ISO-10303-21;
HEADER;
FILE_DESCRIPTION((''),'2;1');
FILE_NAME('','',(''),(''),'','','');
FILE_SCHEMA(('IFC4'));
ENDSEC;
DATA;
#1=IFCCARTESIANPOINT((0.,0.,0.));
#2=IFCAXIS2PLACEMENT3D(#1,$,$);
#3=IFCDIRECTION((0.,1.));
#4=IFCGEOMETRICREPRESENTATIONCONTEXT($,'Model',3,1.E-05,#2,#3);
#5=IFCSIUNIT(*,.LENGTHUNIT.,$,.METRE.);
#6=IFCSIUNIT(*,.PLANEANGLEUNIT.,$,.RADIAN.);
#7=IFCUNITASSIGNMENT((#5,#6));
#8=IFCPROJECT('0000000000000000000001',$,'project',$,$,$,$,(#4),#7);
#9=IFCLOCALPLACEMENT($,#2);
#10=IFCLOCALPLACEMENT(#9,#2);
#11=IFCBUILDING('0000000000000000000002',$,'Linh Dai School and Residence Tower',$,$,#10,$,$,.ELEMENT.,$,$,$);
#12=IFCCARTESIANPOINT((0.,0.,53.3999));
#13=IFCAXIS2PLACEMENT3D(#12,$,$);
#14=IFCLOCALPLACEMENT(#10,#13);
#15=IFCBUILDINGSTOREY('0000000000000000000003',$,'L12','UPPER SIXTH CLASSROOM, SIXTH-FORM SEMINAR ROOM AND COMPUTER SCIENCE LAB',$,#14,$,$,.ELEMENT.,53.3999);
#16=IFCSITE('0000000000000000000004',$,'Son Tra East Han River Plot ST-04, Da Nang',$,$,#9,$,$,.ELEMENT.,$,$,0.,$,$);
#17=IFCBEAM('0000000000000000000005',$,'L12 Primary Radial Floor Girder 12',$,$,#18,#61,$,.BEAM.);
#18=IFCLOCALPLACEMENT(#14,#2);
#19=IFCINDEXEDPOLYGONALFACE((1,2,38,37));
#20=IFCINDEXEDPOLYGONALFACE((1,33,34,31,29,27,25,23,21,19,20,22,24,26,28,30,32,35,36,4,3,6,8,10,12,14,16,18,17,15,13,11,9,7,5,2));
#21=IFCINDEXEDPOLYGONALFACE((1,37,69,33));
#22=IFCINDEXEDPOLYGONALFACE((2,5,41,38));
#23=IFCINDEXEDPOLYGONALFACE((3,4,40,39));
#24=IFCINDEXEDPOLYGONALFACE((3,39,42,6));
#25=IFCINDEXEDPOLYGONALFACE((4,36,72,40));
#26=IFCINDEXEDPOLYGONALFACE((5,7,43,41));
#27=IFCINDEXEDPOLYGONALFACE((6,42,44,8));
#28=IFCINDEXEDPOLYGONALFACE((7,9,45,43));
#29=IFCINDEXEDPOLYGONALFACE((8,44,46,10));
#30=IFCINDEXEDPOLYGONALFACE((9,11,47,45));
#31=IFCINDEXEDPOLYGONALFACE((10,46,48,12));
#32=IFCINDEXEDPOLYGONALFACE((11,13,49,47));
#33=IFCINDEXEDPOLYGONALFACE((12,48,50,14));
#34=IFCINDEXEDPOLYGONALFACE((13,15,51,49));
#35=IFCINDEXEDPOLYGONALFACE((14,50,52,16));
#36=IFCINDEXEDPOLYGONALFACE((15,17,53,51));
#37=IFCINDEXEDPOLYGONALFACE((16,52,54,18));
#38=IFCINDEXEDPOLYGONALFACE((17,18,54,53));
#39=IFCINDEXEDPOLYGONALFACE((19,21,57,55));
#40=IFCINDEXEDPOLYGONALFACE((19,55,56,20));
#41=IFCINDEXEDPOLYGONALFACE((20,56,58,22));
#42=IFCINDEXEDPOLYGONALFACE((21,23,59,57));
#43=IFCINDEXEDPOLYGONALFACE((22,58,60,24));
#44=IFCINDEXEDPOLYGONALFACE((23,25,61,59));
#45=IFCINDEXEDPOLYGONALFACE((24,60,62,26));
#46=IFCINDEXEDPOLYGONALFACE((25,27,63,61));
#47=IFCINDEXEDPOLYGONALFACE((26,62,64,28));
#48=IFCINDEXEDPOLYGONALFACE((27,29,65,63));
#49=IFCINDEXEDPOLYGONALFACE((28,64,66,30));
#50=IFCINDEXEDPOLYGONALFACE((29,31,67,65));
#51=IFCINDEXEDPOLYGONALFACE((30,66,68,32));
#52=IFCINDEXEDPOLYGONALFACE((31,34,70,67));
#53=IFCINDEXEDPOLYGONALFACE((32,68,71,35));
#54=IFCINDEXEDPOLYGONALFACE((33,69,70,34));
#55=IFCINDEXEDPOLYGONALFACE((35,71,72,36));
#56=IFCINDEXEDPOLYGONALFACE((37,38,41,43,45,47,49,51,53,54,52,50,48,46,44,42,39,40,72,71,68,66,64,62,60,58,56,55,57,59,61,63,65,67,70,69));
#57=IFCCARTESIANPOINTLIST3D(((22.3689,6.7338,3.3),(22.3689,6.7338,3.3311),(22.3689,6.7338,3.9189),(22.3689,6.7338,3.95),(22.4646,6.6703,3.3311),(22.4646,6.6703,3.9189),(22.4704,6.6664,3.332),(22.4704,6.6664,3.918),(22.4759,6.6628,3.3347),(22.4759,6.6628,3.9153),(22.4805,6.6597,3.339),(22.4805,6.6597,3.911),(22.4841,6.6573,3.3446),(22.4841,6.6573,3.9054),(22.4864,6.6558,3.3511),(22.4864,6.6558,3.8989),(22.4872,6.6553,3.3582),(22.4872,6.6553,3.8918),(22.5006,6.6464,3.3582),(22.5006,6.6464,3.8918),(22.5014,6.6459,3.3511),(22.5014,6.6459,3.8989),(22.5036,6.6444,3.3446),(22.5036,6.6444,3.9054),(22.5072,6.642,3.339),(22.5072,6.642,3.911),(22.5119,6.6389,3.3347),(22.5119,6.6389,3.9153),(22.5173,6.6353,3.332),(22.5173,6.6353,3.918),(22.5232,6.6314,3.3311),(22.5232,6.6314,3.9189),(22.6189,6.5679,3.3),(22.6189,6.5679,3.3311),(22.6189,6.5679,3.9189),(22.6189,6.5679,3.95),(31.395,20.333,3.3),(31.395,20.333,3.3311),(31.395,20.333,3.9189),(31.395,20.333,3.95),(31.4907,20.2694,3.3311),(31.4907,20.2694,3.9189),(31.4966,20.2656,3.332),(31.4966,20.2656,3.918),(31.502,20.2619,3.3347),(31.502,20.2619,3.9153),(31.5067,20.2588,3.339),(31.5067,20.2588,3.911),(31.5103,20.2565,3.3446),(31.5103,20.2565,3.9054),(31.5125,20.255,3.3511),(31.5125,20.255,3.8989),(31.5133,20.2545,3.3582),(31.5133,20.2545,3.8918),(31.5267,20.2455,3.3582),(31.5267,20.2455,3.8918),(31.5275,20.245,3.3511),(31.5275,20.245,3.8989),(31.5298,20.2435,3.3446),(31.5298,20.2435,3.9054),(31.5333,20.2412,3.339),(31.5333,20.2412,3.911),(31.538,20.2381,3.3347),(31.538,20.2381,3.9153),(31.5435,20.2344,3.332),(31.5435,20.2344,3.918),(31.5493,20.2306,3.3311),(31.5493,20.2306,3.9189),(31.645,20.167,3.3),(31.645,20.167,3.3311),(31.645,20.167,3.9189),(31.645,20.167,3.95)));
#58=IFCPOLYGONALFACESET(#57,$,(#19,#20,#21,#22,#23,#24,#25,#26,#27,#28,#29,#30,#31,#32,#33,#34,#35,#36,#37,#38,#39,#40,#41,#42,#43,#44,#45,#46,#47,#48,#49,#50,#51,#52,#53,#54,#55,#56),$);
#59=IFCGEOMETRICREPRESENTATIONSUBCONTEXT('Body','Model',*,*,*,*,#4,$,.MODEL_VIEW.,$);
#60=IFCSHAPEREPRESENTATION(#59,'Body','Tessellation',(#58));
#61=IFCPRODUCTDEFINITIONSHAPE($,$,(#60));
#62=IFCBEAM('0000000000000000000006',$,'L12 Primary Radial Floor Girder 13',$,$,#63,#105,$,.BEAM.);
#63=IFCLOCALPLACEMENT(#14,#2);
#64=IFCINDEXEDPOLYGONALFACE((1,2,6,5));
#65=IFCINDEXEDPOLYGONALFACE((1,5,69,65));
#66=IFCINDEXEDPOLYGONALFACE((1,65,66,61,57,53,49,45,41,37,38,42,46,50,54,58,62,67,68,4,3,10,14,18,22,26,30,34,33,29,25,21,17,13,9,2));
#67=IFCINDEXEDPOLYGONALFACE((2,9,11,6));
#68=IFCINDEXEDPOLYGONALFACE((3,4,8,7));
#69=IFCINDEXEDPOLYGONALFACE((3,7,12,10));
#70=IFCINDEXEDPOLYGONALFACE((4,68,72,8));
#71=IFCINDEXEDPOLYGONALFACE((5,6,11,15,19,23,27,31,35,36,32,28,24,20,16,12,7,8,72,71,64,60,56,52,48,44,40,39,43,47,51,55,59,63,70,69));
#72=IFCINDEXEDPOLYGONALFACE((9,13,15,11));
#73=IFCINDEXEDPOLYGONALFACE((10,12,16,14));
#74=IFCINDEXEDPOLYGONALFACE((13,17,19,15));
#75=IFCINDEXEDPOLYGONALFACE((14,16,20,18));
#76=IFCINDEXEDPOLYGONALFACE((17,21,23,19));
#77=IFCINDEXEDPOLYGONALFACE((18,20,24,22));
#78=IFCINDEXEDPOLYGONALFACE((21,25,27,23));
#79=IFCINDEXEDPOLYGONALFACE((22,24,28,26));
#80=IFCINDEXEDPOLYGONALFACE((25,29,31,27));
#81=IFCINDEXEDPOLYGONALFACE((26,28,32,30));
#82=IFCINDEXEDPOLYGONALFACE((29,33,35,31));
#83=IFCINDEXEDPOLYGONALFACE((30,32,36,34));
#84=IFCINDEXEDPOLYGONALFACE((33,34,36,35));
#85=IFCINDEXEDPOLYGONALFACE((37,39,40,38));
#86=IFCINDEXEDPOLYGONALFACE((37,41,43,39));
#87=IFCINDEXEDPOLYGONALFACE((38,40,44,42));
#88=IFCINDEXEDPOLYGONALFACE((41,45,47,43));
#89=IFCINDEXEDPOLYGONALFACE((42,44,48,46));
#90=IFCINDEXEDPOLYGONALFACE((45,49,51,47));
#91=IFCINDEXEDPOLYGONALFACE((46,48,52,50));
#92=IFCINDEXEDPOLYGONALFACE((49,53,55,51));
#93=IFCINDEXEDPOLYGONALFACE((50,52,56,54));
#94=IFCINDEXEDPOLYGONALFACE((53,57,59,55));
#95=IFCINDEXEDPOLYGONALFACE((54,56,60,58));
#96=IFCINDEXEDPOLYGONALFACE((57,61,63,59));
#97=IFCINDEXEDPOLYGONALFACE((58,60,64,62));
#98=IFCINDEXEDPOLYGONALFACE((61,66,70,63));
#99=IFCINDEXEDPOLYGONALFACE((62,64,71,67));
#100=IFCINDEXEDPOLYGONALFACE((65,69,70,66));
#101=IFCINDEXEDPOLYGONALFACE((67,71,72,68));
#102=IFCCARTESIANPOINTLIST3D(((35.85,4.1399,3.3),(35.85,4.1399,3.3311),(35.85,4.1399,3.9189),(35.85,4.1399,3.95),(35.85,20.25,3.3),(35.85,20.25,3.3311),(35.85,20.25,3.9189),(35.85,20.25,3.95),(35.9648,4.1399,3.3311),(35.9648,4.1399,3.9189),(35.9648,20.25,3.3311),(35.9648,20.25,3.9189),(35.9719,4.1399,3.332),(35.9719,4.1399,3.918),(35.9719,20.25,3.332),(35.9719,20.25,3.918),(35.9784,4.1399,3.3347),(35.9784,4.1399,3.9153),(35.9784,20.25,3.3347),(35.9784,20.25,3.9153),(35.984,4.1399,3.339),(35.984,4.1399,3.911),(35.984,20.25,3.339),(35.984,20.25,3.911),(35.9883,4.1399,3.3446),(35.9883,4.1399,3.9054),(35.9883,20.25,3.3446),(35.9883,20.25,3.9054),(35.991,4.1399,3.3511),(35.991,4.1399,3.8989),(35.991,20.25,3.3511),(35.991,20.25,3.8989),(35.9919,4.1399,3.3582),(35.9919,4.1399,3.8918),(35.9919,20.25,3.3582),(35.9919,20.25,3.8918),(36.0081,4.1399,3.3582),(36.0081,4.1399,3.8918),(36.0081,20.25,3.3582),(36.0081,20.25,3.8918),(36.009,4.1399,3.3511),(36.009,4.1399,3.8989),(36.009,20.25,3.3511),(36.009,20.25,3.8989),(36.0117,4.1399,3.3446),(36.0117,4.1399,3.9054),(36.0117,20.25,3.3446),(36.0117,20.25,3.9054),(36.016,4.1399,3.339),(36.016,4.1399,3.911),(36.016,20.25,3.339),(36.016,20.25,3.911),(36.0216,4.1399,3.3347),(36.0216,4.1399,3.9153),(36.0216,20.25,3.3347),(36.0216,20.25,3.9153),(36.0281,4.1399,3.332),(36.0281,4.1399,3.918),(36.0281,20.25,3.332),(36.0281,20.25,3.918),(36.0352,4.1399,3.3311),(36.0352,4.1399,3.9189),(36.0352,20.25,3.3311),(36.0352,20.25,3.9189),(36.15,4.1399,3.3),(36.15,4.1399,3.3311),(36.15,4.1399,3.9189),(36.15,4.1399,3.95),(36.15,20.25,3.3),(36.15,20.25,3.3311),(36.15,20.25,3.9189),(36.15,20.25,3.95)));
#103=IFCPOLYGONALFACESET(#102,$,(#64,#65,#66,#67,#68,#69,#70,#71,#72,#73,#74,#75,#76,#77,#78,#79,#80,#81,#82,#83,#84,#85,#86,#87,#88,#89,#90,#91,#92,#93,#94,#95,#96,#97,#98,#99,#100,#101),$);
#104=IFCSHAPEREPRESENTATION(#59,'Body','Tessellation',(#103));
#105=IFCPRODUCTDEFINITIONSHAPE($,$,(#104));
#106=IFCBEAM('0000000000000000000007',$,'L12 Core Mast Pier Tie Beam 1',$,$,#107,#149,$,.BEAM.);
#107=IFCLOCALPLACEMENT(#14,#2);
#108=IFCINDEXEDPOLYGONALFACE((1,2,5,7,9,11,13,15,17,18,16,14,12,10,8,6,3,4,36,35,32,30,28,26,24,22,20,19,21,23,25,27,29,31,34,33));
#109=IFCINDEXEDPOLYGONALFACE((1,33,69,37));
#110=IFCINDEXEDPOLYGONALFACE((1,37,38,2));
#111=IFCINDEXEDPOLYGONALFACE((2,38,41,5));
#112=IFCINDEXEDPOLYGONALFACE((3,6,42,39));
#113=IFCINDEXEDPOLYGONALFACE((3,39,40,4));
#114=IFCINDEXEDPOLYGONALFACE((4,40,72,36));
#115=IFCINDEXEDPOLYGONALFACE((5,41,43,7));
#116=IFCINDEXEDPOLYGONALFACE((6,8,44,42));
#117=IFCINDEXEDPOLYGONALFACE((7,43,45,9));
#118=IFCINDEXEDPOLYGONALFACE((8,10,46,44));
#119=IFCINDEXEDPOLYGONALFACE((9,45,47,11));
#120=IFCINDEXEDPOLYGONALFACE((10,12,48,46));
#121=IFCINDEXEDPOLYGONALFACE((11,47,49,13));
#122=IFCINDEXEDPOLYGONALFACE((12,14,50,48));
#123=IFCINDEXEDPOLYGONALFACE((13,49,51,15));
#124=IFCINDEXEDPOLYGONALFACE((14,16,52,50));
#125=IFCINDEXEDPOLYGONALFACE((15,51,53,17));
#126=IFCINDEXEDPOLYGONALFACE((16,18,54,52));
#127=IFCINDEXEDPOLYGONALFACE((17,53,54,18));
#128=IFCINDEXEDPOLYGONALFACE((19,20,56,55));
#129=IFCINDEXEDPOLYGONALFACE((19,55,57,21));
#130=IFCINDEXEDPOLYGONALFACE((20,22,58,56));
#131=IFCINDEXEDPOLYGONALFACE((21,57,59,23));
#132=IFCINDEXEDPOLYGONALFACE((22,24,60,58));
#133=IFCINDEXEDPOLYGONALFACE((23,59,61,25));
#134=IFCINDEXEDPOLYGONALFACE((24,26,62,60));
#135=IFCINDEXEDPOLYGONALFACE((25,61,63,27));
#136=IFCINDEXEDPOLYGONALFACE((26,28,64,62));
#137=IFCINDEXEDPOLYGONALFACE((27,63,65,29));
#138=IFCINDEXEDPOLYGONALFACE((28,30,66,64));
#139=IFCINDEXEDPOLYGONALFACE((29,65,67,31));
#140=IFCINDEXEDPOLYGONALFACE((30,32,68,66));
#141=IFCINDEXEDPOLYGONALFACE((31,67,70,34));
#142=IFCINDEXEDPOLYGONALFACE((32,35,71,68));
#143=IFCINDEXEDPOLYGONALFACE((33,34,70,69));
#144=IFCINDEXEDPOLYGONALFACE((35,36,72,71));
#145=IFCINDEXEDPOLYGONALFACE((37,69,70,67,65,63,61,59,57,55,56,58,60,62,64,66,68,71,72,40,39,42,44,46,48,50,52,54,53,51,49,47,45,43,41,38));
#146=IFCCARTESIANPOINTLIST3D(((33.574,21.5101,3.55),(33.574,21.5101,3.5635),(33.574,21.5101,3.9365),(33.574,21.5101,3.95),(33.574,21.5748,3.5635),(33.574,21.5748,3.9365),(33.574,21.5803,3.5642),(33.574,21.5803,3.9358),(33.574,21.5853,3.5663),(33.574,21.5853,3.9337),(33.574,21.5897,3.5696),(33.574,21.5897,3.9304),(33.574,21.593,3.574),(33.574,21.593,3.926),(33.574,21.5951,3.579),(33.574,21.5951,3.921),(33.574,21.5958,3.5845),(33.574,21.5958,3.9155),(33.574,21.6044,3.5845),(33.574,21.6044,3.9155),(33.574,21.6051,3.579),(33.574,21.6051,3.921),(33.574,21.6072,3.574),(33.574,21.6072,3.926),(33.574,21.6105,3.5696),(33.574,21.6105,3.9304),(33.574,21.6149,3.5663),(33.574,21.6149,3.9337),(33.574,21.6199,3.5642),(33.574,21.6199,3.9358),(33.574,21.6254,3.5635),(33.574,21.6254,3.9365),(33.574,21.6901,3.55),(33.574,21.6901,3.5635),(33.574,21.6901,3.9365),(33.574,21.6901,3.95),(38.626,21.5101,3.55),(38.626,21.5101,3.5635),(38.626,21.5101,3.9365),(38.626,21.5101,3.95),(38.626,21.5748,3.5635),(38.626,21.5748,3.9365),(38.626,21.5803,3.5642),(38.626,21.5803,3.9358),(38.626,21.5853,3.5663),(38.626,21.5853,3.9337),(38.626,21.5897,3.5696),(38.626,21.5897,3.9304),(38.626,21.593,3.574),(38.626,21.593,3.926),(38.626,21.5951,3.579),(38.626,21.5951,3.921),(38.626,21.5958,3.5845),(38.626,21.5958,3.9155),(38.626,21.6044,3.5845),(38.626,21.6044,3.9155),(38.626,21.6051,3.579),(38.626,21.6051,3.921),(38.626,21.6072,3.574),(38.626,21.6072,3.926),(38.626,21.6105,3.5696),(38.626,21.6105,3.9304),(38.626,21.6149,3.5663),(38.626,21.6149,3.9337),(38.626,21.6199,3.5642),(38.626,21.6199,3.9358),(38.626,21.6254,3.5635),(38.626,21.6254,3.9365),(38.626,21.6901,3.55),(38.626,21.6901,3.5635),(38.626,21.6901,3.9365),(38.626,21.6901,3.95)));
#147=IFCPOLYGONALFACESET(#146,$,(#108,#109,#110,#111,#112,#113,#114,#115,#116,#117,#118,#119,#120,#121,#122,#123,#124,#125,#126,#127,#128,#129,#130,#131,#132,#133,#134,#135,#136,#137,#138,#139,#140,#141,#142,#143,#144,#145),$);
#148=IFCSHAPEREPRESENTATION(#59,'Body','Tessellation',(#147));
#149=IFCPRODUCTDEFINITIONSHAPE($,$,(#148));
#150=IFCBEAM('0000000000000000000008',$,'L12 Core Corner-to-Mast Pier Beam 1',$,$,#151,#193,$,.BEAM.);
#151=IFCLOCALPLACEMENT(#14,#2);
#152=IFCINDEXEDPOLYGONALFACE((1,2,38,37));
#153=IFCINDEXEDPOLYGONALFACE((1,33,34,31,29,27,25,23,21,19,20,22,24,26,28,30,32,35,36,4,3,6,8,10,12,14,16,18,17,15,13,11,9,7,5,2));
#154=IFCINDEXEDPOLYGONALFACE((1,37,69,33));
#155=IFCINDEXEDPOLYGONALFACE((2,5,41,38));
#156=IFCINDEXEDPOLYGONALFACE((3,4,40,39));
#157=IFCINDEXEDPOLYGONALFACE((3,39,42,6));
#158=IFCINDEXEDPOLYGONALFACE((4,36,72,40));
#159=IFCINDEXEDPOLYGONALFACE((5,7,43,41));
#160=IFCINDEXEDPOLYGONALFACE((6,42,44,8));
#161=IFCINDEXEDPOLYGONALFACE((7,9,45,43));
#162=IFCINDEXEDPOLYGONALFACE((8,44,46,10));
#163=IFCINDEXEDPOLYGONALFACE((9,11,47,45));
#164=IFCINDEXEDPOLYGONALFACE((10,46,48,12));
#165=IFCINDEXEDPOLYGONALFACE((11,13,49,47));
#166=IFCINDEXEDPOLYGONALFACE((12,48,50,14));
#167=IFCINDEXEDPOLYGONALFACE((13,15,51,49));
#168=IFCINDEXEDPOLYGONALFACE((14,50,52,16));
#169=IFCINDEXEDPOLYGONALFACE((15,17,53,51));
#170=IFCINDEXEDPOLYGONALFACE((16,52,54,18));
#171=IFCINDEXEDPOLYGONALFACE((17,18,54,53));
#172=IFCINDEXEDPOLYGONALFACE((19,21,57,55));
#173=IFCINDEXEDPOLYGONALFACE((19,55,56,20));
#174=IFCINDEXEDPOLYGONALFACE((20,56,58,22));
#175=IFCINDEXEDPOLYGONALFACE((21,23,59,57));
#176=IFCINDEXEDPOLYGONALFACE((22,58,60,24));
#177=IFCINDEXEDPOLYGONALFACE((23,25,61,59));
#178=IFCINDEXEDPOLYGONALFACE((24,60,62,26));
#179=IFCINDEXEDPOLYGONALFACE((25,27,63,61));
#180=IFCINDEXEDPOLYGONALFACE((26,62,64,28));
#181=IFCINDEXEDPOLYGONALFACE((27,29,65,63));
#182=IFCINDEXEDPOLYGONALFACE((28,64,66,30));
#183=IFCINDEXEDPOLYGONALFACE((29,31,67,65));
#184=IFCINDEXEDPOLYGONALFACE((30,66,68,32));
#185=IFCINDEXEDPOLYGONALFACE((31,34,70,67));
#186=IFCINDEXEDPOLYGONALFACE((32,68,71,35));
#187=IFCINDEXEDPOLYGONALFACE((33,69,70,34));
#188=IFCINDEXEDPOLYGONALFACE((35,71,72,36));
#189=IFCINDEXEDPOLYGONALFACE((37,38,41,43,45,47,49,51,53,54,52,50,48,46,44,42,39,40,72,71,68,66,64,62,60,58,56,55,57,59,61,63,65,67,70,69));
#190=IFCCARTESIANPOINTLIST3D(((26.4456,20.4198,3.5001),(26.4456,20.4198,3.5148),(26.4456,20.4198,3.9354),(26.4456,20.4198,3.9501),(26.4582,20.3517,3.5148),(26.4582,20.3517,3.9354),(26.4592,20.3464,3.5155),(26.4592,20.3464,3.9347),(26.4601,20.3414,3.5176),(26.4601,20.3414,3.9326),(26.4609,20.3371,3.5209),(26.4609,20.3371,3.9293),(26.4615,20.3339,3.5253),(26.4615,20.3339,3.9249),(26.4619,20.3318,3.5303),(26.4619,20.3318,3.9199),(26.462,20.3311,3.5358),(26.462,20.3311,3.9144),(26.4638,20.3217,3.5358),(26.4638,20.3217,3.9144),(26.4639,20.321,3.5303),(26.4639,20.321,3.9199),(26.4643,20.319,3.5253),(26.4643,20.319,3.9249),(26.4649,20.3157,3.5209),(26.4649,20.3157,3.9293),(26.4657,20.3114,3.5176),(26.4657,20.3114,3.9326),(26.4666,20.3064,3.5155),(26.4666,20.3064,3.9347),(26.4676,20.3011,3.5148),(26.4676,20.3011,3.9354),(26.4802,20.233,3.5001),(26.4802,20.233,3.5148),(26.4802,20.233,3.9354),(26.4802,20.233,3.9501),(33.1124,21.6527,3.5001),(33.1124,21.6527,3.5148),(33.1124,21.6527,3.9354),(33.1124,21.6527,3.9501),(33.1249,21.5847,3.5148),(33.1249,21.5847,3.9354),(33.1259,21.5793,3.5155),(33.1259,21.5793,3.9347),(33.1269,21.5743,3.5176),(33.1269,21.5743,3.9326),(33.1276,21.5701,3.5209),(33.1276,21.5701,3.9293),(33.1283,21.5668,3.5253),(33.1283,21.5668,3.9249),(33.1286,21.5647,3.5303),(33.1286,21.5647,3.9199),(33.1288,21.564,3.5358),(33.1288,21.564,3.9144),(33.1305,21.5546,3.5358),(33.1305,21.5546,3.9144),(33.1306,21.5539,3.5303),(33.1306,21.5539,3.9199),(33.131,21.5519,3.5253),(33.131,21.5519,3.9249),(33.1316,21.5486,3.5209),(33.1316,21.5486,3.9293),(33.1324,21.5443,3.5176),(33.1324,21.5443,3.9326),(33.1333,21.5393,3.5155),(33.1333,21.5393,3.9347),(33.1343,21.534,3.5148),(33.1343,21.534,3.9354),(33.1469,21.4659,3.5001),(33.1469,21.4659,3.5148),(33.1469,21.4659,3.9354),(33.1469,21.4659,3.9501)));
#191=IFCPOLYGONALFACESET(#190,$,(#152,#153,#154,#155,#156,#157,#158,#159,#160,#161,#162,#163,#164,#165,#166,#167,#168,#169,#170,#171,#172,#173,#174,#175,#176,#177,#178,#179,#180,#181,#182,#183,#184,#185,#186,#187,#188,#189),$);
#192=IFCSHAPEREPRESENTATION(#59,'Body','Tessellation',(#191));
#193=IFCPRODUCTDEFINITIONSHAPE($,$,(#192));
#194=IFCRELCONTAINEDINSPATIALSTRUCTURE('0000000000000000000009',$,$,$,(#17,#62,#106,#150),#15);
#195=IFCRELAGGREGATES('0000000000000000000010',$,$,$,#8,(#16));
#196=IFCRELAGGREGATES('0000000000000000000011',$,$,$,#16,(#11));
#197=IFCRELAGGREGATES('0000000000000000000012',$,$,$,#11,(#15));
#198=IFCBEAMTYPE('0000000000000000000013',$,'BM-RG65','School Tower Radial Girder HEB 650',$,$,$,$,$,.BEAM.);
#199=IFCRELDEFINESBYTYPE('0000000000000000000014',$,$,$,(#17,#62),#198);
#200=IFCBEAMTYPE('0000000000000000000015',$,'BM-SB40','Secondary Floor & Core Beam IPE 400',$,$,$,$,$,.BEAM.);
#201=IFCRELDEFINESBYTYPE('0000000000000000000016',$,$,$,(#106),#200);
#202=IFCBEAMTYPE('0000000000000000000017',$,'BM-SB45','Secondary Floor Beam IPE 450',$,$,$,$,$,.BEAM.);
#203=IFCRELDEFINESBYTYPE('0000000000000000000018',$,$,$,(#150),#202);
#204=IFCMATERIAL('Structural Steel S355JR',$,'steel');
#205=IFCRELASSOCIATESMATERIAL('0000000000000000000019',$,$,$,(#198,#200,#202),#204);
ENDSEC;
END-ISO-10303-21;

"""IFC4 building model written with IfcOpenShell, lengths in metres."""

from ifc_helpers import new_model, si_unit, direction, frame, origin, origin_2d, place, context, subcontext, project, spatial, i_section, extrude, material, material_profile, profile_set, type_object, element, save


model = new_model("IFC4")

# Units and contexts
model_context = context("Model", 3, precision=1e-05, world=origin(), true_north=direction((0.0, 1.0)))
body_context = subcontext(model_context, "Body", "Model", "MODEL_VIEW")
ifc_project = project(units=[si_unit("LENGTHUNIT", "METRE"), si_unit("PLANEANGLEUNIT", "RADIAN")], contexts=[model_context])

# Site, building, storey
site_placement = place(None, origin())
site = spatial("IfcSite", under=ifc_project, at=site_placement, Name="Son Tra East Han River Plot ST-04, Da Nang", CompositionType="ELEMENT", RefElevation=0.0)
building_placement = place(site_placement, origin())
building = spatial("IfcBuilding", under=site, at=building_placement, Name="Linh Dai School and Residence Tower", CompositionType="ELEMENT")
storey_placement = place(building_placement, frame((0.0, 0.0, 53.3999)))
storey = spatial("IfcBuildingStorey", under=building, at=storey_placement, Name="L12", Description="UPPER SIXTH CLASSROOM, SIXTH-FORM SEMINAR ROOM AND COMPUTER SCIENCE LAB", CompositionType="ELEMENT", Elevation=53.3999)

# Shared definitions
ifc_material_1 = material(Name="Structural Steel S355JR", Category="steel")

# Beams
ifc_material_profile_1 = material_profile(ifc_material_1, i_section(OverallWidth=0.3, OverallDepth=0.6499, WebThickness=0.0161, FlangeThickness=0.031, FilletRadius=0.0271, at=origin_2d()), Name="HEB 650")
ifc_profile_set_1 = profile_set([ifc_material_profile_1], Name="Structural Steel S355JR")
beam_type_1 = type_object("IfcBeamType", Name="BM-RG65", Description="School Tower Radial Girder HEB 650", PredefinedType="BEAM", material=ifc_profile_set_1)
beam_1_placement = place(storey_placement, frame((31.52, 20.25, 3.625), z_axis=(-0.553004, -0.833178, 0.0), x_axis=(0.833178, -0.553004, 0.0)))
element("IfcBeam", 1, at=beam_1_placement, inside=storey, type_object=beam_type_1, Name="L12 Primary Radial Floor Girder 12", PredefinedType="BEAM", context=body_context, shape_type="SweptSolid", body=[
    extrude(i_section(OverallWidth=0.3, OverallDepth=0.6499, WebThickness=0.0161, FlangeThickness=0.031, FilletRadius=0.0271, at=origin_2d()), origin(), (0.0, 0.0, 1.0), 16.322),
])
beam_2_placement = place(storey_placement, frame((36.0, 20.25, 3.625), z_axis=(0.0, -1.0, 0.0), x_axis=(1.0, 0.0, 0.0)))
element("IfcBeam", 2, at=beam_2_placement, inside=storey, type_object=beam_type_1, Name="L12 Primary Radial Floor Girder 13", PredefinedType="BEAM", context=body_context, shape_type="SweptSolid", body=[
    extrude(i_section(OverallWidth=0.3, OverallDepth=0.6499, WebThickness=0.0161, FlangeThickness=0.031, FilletRadius=0.0271, at=origin_2d()), origin(), (0.0, 0.0, 1.0), 16.1101),
])
ifc_material_profile_2 = material_profile(ifc_material_1, i_section(OverallWidth=0.1799, OverallDepth=0.3999, WebThickness=0.0085, FlangeThickness=0.0134, FilletRadius=0.021, at=origin_2d()), Name="IPE 400")
ifc_profile_set_2 = profile_set([ifc_material_profile_2], Name="Structural Steel S355JR")
beam_type_2 = type_object("IfcBeamType", Name="BM-SB40", Description="Secondary Floor & Core Beam IPE 400", PredefinedType="BEAM", material=ifc_profile_set_2)
beam_3_placement = place(storey_placement, frame((33.574, 21.6001, 3.75), z_axis=(1.0, 0.0, 0.0), x_axis=(0.0, 1.0, 0.0)))
element("IfcBeam", 3, at=beam_3_placement, inside=storey, type_object=beam_type_2, Name="L12 Core Mast Pier Tie Beam 1", PredefinedType="BEAM", context=body_context, shape_type="SweptSolid", body=[
    extrude(i_section(OverallWidth=0.1799, OverallDepth=0.3999, WebThickness=0.0085, FlangeThickness=0.0134, FilletRadius=0.021, at=origin_2d()), origin(), (0.0, 0.0, 1.0), 5.052),
])
ifc_material_profile_3 = material_profile(ifc_material_1, i_section(OverallWidth=0.1899, OverallDepth=0.45, WebThickness=0.0095, FlangeThickness=0.0146, FilletRadius=0.021, at=origin_2d()), Name="IPE 450")
ifc_profile_set_3 = profile_set([ifc_material_profile_3], Name="Structural Steel S355JR")
beam_type_3 = type_object("IfcBeamType", Name="BM-SB45", Description="Secondary Floor Beam IPE 450", PredefinedType="BEAM", material=ifc_profile_set_3)
beam_4_placement = place(storey_placement, frame((26.4629, 20.3264, 3.7251), z_axis=(0.983326, 0.181851, 0.0), x_axis=(-0.181851, 0.983326, 0.0)))
element("IfcBeam", 4, at=beam_4_placement, inside=storey, type_object=beam_type_3, Name="L12 Core Corner-to-Mast Pier Beam 1", PredefinedType="BEAM", context=body_context, shape_type="SweptSolid", body=[
    extrude(i_section(OverallWidth=0.1899, OverallDepth=0.45, WebThickness=0.0095, FlangeThickness=0.0146, FilletRadius=0.021, at=origin_2d()), origin(), (0.0, 0.0, 1.0), 6.7798),
])

save(model, "model.ifc")
